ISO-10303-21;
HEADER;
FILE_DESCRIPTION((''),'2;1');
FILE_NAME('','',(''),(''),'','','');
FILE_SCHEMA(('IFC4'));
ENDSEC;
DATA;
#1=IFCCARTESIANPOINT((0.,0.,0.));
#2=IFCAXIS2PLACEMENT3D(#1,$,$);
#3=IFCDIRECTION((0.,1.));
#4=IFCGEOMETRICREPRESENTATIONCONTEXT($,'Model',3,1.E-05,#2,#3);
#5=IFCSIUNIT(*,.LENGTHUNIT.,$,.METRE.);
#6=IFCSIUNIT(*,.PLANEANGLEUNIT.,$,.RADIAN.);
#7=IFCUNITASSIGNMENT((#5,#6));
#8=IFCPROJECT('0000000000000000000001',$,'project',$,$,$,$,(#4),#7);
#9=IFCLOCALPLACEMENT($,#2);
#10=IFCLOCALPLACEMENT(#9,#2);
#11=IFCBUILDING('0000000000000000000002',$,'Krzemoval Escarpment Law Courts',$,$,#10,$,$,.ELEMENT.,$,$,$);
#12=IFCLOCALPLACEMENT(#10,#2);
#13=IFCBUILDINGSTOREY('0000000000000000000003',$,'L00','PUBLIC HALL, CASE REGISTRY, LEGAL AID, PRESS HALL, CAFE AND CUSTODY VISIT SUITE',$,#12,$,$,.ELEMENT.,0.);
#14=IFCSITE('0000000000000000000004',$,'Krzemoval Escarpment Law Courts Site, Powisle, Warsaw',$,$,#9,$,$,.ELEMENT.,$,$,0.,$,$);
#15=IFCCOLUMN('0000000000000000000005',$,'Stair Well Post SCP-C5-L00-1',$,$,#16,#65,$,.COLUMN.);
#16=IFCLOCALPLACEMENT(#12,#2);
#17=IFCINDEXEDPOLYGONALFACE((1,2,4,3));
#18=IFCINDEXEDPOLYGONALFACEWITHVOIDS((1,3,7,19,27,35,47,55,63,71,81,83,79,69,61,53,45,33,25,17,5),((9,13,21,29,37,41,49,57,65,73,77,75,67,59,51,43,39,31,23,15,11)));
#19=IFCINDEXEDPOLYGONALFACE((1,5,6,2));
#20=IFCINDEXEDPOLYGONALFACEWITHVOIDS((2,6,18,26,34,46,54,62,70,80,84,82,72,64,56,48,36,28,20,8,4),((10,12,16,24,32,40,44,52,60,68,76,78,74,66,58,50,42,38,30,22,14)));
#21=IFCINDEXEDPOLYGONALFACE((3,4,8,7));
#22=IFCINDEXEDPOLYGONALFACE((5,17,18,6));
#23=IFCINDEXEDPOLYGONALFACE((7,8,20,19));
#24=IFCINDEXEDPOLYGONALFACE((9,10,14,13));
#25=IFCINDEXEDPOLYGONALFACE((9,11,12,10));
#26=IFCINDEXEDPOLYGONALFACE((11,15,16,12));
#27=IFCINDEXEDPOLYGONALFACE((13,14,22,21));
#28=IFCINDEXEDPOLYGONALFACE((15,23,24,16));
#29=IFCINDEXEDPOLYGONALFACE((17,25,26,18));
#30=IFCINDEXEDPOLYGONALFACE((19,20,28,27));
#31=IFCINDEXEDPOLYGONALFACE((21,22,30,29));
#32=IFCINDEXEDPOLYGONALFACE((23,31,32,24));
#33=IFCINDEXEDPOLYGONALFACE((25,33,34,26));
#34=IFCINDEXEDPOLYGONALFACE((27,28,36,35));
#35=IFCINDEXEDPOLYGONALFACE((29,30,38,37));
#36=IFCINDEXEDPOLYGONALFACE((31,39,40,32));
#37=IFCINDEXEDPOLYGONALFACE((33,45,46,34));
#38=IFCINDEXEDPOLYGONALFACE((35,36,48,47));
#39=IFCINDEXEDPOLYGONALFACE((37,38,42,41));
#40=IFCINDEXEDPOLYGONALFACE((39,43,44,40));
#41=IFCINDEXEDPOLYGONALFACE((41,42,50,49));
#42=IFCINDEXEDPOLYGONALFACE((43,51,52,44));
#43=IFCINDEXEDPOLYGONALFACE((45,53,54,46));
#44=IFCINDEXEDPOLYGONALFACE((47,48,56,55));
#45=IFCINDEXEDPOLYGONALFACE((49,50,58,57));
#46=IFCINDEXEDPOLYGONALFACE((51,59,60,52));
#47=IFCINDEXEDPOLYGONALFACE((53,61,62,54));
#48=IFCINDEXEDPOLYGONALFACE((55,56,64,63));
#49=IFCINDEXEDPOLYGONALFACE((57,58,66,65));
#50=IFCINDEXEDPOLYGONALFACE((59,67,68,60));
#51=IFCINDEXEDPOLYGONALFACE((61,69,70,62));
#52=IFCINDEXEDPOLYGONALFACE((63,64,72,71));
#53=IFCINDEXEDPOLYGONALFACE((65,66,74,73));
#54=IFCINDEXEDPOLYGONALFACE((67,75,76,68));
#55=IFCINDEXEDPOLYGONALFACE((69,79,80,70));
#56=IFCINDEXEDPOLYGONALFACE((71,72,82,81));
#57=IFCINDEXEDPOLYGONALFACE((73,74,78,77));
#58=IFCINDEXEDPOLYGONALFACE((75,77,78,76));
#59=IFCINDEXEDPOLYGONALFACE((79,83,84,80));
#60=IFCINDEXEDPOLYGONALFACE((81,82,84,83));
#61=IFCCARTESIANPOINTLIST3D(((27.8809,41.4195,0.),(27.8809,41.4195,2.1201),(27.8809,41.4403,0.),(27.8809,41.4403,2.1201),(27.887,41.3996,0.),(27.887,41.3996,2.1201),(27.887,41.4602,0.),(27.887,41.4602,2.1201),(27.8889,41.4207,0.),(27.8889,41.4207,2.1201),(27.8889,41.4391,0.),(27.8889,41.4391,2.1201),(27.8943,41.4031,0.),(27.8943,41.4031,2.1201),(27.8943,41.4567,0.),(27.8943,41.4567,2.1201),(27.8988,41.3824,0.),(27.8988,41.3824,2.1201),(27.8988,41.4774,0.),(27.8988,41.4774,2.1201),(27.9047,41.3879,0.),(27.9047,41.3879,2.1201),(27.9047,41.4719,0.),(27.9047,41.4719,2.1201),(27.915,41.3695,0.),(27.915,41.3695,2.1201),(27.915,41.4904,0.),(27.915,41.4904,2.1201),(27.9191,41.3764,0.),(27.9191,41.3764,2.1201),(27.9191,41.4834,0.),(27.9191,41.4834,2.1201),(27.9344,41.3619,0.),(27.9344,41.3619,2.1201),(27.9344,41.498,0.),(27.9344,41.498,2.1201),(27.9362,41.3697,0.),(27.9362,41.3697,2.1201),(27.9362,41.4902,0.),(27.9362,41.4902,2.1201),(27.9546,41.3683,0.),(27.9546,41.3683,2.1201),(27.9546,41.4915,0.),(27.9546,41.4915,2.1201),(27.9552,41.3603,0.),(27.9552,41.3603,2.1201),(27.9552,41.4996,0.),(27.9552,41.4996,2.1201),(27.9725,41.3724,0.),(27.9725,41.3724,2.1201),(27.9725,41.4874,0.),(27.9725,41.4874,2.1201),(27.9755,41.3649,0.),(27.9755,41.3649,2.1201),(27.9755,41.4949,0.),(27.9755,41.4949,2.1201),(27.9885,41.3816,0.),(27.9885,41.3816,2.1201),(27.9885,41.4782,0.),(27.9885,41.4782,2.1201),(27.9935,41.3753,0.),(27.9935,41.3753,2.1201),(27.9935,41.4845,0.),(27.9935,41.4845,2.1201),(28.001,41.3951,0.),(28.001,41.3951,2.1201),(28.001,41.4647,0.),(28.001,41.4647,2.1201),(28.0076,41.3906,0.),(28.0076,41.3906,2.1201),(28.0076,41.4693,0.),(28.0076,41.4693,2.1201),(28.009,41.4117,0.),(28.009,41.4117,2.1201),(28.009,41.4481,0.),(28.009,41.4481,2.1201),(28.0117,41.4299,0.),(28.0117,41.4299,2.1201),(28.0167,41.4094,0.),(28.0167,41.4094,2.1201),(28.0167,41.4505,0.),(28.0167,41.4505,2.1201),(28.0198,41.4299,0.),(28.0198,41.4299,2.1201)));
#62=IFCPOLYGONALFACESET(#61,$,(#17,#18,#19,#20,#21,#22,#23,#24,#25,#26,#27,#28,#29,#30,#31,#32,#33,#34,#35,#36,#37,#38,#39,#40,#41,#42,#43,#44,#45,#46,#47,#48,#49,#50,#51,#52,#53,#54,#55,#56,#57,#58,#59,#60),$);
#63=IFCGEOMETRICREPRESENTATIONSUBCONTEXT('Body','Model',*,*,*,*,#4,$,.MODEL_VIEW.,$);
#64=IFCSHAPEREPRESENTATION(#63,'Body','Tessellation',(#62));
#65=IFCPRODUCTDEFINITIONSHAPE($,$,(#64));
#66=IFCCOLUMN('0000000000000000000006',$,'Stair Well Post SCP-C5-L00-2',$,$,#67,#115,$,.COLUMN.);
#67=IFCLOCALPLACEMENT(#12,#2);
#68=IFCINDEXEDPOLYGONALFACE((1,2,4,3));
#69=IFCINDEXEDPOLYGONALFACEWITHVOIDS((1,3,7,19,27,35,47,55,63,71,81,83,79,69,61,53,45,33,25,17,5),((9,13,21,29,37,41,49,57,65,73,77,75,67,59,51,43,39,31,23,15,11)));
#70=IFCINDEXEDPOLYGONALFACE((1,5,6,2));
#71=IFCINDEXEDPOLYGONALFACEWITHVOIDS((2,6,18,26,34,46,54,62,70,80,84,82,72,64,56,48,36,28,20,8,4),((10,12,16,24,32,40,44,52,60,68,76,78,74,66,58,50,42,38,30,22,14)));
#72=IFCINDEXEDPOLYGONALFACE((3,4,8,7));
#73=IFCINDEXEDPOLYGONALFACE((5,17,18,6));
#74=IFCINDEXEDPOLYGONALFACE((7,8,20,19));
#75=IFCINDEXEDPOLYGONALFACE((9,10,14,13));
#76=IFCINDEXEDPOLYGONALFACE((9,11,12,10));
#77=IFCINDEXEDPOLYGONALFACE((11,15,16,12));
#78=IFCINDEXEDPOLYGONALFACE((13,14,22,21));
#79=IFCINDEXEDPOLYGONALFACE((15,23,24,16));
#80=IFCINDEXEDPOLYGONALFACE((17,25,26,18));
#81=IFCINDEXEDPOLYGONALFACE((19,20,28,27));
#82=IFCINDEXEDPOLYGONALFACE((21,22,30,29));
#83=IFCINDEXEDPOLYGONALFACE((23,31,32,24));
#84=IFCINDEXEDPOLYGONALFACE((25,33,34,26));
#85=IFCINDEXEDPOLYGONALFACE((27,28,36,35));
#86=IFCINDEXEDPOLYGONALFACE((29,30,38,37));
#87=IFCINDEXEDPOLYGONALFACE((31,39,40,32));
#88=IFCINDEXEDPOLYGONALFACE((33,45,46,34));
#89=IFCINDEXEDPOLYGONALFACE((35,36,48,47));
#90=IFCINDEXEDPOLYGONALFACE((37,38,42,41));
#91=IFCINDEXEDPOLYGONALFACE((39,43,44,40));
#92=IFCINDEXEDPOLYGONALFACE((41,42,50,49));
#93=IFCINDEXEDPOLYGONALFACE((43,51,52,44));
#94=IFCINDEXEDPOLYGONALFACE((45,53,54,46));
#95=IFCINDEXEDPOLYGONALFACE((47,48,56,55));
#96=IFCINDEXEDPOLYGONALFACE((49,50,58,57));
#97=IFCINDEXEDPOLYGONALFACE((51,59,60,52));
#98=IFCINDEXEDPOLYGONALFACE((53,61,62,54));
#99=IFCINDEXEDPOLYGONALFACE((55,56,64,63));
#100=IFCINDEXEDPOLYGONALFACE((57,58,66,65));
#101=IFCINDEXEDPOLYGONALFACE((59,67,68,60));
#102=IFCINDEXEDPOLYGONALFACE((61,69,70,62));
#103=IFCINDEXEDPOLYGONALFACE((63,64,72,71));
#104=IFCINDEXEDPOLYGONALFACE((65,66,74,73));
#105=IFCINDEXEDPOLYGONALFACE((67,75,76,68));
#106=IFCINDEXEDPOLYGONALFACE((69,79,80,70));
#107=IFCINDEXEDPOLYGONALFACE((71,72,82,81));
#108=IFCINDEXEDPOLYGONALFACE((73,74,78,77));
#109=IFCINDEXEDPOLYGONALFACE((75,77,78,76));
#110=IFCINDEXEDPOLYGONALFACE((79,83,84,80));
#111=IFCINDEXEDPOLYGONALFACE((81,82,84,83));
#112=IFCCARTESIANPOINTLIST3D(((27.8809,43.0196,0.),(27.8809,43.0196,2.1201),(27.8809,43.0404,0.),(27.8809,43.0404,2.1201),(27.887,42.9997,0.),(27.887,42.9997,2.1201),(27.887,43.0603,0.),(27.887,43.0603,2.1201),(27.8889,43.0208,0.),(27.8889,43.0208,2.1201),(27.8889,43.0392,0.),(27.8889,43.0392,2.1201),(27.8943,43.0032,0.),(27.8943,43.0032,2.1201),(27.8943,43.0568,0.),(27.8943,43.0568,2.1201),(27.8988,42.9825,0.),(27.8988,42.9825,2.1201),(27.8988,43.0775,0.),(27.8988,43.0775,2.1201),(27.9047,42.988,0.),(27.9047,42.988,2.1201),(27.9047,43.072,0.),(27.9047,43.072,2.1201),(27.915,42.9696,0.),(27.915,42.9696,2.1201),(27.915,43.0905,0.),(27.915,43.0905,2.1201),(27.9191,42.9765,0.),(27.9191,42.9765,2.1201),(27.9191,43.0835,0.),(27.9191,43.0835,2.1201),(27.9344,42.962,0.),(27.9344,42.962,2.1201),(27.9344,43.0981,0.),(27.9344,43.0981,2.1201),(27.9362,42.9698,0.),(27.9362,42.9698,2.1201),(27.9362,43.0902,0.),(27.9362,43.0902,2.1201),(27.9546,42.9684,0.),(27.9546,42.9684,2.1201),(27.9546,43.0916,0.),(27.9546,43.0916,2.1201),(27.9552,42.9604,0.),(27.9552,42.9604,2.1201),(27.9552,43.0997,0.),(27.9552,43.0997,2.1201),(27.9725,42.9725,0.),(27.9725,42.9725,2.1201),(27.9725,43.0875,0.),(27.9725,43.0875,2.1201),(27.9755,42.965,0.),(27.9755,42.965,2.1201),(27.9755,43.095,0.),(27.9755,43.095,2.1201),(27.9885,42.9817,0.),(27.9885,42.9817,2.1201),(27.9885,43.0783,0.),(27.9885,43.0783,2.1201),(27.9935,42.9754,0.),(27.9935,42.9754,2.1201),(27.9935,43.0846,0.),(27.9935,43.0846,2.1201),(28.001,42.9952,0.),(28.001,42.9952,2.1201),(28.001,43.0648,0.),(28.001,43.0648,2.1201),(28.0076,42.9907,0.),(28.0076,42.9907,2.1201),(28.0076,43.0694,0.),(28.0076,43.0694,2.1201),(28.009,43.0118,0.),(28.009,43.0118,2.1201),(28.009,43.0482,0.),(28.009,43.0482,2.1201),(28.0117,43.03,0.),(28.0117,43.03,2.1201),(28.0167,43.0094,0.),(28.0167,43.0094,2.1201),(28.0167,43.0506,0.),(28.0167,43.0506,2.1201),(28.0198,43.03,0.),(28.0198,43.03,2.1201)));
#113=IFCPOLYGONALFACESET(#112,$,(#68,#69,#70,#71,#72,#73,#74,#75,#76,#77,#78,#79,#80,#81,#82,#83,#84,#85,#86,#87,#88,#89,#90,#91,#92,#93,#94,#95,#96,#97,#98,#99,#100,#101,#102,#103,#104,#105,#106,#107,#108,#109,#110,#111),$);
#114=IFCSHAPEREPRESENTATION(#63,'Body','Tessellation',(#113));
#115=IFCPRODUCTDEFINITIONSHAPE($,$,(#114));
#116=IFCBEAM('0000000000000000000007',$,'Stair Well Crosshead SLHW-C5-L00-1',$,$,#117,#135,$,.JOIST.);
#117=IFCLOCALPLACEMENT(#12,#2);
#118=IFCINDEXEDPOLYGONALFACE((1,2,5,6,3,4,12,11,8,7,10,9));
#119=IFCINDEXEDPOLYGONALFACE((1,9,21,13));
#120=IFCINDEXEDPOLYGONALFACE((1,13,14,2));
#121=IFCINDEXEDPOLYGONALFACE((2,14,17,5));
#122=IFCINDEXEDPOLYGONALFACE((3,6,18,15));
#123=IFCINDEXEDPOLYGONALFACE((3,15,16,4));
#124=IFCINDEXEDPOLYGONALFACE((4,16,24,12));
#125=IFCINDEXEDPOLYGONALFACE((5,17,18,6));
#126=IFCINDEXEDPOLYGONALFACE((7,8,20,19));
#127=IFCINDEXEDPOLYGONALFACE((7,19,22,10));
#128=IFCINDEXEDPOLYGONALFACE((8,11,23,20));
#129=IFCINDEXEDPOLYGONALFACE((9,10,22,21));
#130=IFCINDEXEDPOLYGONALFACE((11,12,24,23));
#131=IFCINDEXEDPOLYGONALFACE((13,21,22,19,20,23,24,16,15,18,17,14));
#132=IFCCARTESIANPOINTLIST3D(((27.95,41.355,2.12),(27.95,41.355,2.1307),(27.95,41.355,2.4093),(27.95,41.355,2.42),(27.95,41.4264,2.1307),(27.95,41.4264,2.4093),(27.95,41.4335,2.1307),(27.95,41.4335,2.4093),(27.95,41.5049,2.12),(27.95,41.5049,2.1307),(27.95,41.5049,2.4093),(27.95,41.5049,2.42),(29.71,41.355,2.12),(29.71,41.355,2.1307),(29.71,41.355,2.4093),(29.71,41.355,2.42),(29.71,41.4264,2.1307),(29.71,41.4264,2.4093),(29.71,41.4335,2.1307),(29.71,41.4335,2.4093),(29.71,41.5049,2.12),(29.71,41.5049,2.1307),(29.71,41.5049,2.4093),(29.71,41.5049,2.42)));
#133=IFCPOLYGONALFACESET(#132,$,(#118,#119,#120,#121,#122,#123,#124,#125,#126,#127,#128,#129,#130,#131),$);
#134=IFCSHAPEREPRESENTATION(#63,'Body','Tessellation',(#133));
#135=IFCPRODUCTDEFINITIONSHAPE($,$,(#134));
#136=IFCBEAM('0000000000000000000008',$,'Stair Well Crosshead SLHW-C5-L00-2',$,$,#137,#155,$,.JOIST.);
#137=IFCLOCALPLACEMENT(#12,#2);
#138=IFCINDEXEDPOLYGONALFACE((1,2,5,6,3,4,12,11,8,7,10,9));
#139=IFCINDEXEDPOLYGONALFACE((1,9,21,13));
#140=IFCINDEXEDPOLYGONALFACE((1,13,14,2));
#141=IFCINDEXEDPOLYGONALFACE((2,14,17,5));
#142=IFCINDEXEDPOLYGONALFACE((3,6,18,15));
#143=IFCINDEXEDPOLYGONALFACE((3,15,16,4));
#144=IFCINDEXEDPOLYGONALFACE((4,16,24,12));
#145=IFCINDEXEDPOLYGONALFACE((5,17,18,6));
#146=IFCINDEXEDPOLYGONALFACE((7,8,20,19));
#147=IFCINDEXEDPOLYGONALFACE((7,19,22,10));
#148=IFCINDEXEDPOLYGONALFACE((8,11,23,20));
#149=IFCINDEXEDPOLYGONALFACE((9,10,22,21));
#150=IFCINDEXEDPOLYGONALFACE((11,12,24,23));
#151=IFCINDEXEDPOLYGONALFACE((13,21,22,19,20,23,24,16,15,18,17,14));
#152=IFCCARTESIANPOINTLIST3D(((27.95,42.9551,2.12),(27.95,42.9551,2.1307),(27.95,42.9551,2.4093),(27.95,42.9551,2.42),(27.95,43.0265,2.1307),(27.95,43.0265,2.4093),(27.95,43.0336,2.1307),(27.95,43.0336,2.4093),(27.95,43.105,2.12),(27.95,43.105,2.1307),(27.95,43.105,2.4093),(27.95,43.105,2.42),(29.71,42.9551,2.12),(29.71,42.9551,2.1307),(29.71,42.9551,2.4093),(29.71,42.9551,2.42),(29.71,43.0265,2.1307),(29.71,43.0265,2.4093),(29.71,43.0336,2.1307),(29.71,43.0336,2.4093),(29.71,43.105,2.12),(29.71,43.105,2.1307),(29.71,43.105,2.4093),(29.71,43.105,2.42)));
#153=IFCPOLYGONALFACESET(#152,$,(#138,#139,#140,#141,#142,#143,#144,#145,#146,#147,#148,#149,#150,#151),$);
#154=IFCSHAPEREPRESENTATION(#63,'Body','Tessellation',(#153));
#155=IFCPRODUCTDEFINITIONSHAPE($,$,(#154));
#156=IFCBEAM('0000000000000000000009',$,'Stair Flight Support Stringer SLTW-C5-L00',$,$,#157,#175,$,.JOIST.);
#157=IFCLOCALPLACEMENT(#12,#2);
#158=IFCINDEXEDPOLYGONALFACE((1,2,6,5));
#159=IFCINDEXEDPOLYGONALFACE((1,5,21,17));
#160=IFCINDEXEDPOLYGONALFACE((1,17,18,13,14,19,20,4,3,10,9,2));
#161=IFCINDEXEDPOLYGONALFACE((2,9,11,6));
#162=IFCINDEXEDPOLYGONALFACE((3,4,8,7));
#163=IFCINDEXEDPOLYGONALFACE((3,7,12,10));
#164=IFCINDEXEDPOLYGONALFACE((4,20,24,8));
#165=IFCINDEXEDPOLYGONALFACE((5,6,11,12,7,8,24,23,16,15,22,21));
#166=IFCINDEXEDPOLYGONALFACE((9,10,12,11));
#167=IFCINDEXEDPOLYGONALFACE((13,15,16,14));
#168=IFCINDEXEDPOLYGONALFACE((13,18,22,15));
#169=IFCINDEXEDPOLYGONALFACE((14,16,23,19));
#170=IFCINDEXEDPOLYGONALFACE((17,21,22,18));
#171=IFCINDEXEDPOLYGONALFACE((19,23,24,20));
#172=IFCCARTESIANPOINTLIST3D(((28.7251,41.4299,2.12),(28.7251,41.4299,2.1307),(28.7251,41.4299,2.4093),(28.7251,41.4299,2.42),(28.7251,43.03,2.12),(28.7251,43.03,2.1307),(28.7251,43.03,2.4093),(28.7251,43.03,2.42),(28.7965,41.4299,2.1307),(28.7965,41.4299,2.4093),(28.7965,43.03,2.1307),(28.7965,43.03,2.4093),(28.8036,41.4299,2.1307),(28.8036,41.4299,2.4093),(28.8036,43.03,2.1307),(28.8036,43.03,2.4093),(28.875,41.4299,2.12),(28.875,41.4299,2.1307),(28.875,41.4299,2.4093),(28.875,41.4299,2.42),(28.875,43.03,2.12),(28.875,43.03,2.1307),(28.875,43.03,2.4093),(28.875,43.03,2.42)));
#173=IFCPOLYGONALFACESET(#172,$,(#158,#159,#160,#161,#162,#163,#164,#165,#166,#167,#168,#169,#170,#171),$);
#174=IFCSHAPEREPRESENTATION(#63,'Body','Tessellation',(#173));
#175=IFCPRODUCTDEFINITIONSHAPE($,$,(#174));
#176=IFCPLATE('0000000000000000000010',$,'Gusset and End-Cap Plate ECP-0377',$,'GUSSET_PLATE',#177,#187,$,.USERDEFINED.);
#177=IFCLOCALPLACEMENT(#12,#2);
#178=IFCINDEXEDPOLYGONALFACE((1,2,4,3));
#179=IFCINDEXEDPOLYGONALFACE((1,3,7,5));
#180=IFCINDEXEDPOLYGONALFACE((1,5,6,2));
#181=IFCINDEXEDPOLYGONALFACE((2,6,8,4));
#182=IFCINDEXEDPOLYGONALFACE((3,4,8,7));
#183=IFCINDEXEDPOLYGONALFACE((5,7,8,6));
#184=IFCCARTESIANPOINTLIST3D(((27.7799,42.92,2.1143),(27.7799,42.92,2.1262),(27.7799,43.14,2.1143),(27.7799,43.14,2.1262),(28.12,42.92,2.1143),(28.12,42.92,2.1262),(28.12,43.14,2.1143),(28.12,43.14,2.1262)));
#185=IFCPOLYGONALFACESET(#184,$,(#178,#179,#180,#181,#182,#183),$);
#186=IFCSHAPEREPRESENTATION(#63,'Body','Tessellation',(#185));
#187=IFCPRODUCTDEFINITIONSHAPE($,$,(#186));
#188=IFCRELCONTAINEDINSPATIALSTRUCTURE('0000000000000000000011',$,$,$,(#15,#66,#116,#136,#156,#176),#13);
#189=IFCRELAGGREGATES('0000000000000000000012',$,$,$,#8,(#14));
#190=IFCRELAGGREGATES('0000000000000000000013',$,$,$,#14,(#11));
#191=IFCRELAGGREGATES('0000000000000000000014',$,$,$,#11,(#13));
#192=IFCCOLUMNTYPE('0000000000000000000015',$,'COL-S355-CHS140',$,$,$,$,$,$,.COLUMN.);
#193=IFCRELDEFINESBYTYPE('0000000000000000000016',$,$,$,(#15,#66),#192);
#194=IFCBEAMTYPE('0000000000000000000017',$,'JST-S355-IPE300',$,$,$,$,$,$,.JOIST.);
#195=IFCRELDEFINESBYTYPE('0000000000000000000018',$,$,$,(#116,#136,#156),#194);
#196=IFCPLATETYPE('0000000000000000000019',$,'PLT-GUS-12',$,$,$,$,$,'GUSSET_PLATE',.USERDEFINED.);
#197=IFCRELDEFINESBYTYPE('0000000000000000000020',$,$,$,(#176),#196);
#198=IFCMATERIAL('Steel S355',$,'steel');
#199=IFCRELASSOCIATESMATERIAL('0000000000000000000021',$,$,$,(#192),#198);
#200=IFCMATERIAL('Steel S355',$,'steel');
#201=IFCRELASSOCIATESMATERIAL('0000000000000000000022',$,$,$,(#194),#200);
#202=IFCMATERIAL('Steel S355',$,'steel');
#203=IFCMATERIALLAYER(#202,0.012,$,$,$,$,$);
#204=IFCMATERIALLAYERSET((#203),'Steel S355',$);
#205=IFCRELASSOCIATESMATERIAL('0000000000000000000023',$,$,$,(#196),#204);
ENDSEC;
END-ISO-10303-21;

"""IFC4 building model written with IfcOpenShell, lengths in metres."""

from ifc_helpers import new_model, si_unit, direction, frame, origin, origin_2d, place, context, subcontext, project, spatial, rectangle, hollow_circle, i_section, extrude, material, layer, layer_set, material_profile, profile_set, type_object, element, save


model = new_model("IFC4")

# Units and contexts
model_context = context("Model", 3, precision=1e-05, world=origin(), true_north=direction((0.0, 1.0)))
body_context = subcontext(model_context, "Body", "Model", "MODEL_VIEW")
ifc_project = project(units=[si_unit("LENGTHUNIT", "METRE"), si_unit("PLANEANGLEUNIT", "RADIAN")], contexts=[model_context])

# Site, building, storey
site_placement = place(None, origin())
site = spatial("IfcSite", under=ifc_project, at=site_placement, Name="Krzemoval Escarpment Law Courts Site, Powisle, Warsaw", CompositionType="ELEMENT", RefElevation=0.0)
building_placement = place(site_placement, origin())
building = spatial("IfcBuilding", under=site, at=building_placement, Name="Krzemoval Escarpment Law Courts", CompositionType="ELEMENT")
storey_placement = place(building_placement, origin())
storey = spatial("IfcBuildingStorey", under=building, at=storey_placement, Name="L00", Description="PUBLIC HALL, CASE REGISTRY, LEGAL AID, PRESS HALL, CAFE AND CUSTODY VISIT SUITE", CompositionType="ELEMENT", Elevation=0.0)

# Columns
ifc_material_1 = material(Name="Steel S355", Category="steel")
ifc_material_profile_1 = material_profile(ifc_material_1, hollow_circle(Radius=0.0698, WallThickness=0.0081, at=origin_2d()), Name="CHS 139.7x8")
ifc_profile_set_1 = profile_set([ifc_material_profile_1], Name="Steel S355")
column_type = type_object("IfcColumnType", Name="COL-S355-CHS140", PredefinedType="COLUMN", material=ifc_profile_set_1)
for number, where, z_axis, x_axis, name in (
    (1, (27.95, 41.4299, 0.0), (0.0, 0.0, 1.0), (1.0, 0.0, 0.0), "Stair Well Post SCP-C5-L00-1"),
    (2, (27.95, 43.03, 0.0), (0.0, 0.0, 1.0), (1.0, 0.0, 0.0), "Stair Well Post SCP-C5-L00-2"),
):
    element("IfcColumn", number, at=place(storey_placement, frame(where, z_axis=z_axis, x_axis=x_axis)), inside=storey, type_object=column_type, Name=name, PredefinedType="COLUMN", context=body_context, shape_type="SweptSolid", body=[
        extrude(hollow_circle(Radius=0.0698, WallThickness=0.0081, at=origin_2d()), origin(), (0.0, 0.0, 1.0), 2.1201),
    ])

# Beams
ifc_material_2 = material(Name="Steel S355", Category="steel")
ifc_material_profile_2 = material_profile(ifc_material_2, i_section(OverallWidth=0.1499, OverallDepth=0.3, WebThickness=0.0071, FlangeThickness=0.0107, at=origin_2d()), Name="IPE 300")
ifc_profile_set_2 = profile_set([ifc_material_profile_2], Name="Steel S355")
beam_type = type_object("IfcBeamType", Name="JST-S355-IPE300", PredefinedType="JOIST", material=ifc_profile_set_2)
for number, where, z_axis, x_axis, name in (
    (3, (27.95, 41.4299, 2.27), (1.0, 0.0, 0.0), (0.0, 1.0, 0.0), "Stair Well Crosshead SLHW-C5-L00-1"),
    (4, (27.95, 43.03, 2.27), (1.0, 0.0, 0.0), (0.0, 1.0, 0.0), "Stair Well Crosshead SLHW-C5-L00-2"),
):
    element("IfcBeam", number, at=place(storey_placement, frame(where, z_axis=z_axis, x_axis=x_axis)), inside=storey, type_object=beam_type, Name=name, PredefinedType="JOIST", context=body_context, shape_type="SweptSolid", body=[
        extrude(i_section(OverallWidth=0.1499, OverallDepth=0.3, WebThickness=0.0071, FlangeThickness=0.0107, at=origin_2d()), origin(), (0.0, 0.0, 1.0), 1.76),
    ])
beam_placement = place(storey_placement, frame((28.8, 41.4299, 2.27), z_axis=(0.0, 1.0, 0.0), x_axis=(-1.0, 0.0, 0.0)))
element("IfcBeam", 5, at=beam_placement, inside=storey, type_object=beam_type, Name="Stair Flight Support Stringer SLTW-C5-L00", PredefinedType="JOIST", context=body_context, shape_type="SweptSolid", body=[
    extrude(i_section(OverallWidth=0.1499, OverallDepth=0.3, WebThickness=0.0071, FlangeThickness=0.0107, at=origin_2d()), origin(), (0.0, 0.0, 1.0), 1.6001),
])

# Plate
ifc_material_3 = material(Name="Steel S355", Category="steel")
ifc_layer_1 = layer(ifc_material_3, 0.012)
ifc_layer_set_1 = layer_set([ifc_layer_1], Name="Steel S355")
plate_type_1 = type_object("IfcPlateType", Name="PLT-GUS-12", ElementType="GUSSET_PLATE", PredefinedType="USERDEFINED", material=ifc_layer_set_1)
plate_1_placement = place(storey_placement, frame((27.95, 43.03, 2.1143), z_axis=(0.0, 0.0, 1.0), x_axis=(1.0, 0.0, 0.0)))
element("IfcPlate", 6, at=plate_1_placement, inside=storey, type_object=plate_type_1, Name="Gusset and End-Cap Plate ECP-0377", ObjectType="GUSSET_PLATE", PredefinedType="USERDEFINED", context=body_context, shape_type="SweptSolid", body=[
    extrude(rectangle(XDim=0.3401, YDim=0.22, at=origin_2d()), origin(), (0.0, 0.0, 1.0), 0.012),
])

save(model, "model.ifc")
